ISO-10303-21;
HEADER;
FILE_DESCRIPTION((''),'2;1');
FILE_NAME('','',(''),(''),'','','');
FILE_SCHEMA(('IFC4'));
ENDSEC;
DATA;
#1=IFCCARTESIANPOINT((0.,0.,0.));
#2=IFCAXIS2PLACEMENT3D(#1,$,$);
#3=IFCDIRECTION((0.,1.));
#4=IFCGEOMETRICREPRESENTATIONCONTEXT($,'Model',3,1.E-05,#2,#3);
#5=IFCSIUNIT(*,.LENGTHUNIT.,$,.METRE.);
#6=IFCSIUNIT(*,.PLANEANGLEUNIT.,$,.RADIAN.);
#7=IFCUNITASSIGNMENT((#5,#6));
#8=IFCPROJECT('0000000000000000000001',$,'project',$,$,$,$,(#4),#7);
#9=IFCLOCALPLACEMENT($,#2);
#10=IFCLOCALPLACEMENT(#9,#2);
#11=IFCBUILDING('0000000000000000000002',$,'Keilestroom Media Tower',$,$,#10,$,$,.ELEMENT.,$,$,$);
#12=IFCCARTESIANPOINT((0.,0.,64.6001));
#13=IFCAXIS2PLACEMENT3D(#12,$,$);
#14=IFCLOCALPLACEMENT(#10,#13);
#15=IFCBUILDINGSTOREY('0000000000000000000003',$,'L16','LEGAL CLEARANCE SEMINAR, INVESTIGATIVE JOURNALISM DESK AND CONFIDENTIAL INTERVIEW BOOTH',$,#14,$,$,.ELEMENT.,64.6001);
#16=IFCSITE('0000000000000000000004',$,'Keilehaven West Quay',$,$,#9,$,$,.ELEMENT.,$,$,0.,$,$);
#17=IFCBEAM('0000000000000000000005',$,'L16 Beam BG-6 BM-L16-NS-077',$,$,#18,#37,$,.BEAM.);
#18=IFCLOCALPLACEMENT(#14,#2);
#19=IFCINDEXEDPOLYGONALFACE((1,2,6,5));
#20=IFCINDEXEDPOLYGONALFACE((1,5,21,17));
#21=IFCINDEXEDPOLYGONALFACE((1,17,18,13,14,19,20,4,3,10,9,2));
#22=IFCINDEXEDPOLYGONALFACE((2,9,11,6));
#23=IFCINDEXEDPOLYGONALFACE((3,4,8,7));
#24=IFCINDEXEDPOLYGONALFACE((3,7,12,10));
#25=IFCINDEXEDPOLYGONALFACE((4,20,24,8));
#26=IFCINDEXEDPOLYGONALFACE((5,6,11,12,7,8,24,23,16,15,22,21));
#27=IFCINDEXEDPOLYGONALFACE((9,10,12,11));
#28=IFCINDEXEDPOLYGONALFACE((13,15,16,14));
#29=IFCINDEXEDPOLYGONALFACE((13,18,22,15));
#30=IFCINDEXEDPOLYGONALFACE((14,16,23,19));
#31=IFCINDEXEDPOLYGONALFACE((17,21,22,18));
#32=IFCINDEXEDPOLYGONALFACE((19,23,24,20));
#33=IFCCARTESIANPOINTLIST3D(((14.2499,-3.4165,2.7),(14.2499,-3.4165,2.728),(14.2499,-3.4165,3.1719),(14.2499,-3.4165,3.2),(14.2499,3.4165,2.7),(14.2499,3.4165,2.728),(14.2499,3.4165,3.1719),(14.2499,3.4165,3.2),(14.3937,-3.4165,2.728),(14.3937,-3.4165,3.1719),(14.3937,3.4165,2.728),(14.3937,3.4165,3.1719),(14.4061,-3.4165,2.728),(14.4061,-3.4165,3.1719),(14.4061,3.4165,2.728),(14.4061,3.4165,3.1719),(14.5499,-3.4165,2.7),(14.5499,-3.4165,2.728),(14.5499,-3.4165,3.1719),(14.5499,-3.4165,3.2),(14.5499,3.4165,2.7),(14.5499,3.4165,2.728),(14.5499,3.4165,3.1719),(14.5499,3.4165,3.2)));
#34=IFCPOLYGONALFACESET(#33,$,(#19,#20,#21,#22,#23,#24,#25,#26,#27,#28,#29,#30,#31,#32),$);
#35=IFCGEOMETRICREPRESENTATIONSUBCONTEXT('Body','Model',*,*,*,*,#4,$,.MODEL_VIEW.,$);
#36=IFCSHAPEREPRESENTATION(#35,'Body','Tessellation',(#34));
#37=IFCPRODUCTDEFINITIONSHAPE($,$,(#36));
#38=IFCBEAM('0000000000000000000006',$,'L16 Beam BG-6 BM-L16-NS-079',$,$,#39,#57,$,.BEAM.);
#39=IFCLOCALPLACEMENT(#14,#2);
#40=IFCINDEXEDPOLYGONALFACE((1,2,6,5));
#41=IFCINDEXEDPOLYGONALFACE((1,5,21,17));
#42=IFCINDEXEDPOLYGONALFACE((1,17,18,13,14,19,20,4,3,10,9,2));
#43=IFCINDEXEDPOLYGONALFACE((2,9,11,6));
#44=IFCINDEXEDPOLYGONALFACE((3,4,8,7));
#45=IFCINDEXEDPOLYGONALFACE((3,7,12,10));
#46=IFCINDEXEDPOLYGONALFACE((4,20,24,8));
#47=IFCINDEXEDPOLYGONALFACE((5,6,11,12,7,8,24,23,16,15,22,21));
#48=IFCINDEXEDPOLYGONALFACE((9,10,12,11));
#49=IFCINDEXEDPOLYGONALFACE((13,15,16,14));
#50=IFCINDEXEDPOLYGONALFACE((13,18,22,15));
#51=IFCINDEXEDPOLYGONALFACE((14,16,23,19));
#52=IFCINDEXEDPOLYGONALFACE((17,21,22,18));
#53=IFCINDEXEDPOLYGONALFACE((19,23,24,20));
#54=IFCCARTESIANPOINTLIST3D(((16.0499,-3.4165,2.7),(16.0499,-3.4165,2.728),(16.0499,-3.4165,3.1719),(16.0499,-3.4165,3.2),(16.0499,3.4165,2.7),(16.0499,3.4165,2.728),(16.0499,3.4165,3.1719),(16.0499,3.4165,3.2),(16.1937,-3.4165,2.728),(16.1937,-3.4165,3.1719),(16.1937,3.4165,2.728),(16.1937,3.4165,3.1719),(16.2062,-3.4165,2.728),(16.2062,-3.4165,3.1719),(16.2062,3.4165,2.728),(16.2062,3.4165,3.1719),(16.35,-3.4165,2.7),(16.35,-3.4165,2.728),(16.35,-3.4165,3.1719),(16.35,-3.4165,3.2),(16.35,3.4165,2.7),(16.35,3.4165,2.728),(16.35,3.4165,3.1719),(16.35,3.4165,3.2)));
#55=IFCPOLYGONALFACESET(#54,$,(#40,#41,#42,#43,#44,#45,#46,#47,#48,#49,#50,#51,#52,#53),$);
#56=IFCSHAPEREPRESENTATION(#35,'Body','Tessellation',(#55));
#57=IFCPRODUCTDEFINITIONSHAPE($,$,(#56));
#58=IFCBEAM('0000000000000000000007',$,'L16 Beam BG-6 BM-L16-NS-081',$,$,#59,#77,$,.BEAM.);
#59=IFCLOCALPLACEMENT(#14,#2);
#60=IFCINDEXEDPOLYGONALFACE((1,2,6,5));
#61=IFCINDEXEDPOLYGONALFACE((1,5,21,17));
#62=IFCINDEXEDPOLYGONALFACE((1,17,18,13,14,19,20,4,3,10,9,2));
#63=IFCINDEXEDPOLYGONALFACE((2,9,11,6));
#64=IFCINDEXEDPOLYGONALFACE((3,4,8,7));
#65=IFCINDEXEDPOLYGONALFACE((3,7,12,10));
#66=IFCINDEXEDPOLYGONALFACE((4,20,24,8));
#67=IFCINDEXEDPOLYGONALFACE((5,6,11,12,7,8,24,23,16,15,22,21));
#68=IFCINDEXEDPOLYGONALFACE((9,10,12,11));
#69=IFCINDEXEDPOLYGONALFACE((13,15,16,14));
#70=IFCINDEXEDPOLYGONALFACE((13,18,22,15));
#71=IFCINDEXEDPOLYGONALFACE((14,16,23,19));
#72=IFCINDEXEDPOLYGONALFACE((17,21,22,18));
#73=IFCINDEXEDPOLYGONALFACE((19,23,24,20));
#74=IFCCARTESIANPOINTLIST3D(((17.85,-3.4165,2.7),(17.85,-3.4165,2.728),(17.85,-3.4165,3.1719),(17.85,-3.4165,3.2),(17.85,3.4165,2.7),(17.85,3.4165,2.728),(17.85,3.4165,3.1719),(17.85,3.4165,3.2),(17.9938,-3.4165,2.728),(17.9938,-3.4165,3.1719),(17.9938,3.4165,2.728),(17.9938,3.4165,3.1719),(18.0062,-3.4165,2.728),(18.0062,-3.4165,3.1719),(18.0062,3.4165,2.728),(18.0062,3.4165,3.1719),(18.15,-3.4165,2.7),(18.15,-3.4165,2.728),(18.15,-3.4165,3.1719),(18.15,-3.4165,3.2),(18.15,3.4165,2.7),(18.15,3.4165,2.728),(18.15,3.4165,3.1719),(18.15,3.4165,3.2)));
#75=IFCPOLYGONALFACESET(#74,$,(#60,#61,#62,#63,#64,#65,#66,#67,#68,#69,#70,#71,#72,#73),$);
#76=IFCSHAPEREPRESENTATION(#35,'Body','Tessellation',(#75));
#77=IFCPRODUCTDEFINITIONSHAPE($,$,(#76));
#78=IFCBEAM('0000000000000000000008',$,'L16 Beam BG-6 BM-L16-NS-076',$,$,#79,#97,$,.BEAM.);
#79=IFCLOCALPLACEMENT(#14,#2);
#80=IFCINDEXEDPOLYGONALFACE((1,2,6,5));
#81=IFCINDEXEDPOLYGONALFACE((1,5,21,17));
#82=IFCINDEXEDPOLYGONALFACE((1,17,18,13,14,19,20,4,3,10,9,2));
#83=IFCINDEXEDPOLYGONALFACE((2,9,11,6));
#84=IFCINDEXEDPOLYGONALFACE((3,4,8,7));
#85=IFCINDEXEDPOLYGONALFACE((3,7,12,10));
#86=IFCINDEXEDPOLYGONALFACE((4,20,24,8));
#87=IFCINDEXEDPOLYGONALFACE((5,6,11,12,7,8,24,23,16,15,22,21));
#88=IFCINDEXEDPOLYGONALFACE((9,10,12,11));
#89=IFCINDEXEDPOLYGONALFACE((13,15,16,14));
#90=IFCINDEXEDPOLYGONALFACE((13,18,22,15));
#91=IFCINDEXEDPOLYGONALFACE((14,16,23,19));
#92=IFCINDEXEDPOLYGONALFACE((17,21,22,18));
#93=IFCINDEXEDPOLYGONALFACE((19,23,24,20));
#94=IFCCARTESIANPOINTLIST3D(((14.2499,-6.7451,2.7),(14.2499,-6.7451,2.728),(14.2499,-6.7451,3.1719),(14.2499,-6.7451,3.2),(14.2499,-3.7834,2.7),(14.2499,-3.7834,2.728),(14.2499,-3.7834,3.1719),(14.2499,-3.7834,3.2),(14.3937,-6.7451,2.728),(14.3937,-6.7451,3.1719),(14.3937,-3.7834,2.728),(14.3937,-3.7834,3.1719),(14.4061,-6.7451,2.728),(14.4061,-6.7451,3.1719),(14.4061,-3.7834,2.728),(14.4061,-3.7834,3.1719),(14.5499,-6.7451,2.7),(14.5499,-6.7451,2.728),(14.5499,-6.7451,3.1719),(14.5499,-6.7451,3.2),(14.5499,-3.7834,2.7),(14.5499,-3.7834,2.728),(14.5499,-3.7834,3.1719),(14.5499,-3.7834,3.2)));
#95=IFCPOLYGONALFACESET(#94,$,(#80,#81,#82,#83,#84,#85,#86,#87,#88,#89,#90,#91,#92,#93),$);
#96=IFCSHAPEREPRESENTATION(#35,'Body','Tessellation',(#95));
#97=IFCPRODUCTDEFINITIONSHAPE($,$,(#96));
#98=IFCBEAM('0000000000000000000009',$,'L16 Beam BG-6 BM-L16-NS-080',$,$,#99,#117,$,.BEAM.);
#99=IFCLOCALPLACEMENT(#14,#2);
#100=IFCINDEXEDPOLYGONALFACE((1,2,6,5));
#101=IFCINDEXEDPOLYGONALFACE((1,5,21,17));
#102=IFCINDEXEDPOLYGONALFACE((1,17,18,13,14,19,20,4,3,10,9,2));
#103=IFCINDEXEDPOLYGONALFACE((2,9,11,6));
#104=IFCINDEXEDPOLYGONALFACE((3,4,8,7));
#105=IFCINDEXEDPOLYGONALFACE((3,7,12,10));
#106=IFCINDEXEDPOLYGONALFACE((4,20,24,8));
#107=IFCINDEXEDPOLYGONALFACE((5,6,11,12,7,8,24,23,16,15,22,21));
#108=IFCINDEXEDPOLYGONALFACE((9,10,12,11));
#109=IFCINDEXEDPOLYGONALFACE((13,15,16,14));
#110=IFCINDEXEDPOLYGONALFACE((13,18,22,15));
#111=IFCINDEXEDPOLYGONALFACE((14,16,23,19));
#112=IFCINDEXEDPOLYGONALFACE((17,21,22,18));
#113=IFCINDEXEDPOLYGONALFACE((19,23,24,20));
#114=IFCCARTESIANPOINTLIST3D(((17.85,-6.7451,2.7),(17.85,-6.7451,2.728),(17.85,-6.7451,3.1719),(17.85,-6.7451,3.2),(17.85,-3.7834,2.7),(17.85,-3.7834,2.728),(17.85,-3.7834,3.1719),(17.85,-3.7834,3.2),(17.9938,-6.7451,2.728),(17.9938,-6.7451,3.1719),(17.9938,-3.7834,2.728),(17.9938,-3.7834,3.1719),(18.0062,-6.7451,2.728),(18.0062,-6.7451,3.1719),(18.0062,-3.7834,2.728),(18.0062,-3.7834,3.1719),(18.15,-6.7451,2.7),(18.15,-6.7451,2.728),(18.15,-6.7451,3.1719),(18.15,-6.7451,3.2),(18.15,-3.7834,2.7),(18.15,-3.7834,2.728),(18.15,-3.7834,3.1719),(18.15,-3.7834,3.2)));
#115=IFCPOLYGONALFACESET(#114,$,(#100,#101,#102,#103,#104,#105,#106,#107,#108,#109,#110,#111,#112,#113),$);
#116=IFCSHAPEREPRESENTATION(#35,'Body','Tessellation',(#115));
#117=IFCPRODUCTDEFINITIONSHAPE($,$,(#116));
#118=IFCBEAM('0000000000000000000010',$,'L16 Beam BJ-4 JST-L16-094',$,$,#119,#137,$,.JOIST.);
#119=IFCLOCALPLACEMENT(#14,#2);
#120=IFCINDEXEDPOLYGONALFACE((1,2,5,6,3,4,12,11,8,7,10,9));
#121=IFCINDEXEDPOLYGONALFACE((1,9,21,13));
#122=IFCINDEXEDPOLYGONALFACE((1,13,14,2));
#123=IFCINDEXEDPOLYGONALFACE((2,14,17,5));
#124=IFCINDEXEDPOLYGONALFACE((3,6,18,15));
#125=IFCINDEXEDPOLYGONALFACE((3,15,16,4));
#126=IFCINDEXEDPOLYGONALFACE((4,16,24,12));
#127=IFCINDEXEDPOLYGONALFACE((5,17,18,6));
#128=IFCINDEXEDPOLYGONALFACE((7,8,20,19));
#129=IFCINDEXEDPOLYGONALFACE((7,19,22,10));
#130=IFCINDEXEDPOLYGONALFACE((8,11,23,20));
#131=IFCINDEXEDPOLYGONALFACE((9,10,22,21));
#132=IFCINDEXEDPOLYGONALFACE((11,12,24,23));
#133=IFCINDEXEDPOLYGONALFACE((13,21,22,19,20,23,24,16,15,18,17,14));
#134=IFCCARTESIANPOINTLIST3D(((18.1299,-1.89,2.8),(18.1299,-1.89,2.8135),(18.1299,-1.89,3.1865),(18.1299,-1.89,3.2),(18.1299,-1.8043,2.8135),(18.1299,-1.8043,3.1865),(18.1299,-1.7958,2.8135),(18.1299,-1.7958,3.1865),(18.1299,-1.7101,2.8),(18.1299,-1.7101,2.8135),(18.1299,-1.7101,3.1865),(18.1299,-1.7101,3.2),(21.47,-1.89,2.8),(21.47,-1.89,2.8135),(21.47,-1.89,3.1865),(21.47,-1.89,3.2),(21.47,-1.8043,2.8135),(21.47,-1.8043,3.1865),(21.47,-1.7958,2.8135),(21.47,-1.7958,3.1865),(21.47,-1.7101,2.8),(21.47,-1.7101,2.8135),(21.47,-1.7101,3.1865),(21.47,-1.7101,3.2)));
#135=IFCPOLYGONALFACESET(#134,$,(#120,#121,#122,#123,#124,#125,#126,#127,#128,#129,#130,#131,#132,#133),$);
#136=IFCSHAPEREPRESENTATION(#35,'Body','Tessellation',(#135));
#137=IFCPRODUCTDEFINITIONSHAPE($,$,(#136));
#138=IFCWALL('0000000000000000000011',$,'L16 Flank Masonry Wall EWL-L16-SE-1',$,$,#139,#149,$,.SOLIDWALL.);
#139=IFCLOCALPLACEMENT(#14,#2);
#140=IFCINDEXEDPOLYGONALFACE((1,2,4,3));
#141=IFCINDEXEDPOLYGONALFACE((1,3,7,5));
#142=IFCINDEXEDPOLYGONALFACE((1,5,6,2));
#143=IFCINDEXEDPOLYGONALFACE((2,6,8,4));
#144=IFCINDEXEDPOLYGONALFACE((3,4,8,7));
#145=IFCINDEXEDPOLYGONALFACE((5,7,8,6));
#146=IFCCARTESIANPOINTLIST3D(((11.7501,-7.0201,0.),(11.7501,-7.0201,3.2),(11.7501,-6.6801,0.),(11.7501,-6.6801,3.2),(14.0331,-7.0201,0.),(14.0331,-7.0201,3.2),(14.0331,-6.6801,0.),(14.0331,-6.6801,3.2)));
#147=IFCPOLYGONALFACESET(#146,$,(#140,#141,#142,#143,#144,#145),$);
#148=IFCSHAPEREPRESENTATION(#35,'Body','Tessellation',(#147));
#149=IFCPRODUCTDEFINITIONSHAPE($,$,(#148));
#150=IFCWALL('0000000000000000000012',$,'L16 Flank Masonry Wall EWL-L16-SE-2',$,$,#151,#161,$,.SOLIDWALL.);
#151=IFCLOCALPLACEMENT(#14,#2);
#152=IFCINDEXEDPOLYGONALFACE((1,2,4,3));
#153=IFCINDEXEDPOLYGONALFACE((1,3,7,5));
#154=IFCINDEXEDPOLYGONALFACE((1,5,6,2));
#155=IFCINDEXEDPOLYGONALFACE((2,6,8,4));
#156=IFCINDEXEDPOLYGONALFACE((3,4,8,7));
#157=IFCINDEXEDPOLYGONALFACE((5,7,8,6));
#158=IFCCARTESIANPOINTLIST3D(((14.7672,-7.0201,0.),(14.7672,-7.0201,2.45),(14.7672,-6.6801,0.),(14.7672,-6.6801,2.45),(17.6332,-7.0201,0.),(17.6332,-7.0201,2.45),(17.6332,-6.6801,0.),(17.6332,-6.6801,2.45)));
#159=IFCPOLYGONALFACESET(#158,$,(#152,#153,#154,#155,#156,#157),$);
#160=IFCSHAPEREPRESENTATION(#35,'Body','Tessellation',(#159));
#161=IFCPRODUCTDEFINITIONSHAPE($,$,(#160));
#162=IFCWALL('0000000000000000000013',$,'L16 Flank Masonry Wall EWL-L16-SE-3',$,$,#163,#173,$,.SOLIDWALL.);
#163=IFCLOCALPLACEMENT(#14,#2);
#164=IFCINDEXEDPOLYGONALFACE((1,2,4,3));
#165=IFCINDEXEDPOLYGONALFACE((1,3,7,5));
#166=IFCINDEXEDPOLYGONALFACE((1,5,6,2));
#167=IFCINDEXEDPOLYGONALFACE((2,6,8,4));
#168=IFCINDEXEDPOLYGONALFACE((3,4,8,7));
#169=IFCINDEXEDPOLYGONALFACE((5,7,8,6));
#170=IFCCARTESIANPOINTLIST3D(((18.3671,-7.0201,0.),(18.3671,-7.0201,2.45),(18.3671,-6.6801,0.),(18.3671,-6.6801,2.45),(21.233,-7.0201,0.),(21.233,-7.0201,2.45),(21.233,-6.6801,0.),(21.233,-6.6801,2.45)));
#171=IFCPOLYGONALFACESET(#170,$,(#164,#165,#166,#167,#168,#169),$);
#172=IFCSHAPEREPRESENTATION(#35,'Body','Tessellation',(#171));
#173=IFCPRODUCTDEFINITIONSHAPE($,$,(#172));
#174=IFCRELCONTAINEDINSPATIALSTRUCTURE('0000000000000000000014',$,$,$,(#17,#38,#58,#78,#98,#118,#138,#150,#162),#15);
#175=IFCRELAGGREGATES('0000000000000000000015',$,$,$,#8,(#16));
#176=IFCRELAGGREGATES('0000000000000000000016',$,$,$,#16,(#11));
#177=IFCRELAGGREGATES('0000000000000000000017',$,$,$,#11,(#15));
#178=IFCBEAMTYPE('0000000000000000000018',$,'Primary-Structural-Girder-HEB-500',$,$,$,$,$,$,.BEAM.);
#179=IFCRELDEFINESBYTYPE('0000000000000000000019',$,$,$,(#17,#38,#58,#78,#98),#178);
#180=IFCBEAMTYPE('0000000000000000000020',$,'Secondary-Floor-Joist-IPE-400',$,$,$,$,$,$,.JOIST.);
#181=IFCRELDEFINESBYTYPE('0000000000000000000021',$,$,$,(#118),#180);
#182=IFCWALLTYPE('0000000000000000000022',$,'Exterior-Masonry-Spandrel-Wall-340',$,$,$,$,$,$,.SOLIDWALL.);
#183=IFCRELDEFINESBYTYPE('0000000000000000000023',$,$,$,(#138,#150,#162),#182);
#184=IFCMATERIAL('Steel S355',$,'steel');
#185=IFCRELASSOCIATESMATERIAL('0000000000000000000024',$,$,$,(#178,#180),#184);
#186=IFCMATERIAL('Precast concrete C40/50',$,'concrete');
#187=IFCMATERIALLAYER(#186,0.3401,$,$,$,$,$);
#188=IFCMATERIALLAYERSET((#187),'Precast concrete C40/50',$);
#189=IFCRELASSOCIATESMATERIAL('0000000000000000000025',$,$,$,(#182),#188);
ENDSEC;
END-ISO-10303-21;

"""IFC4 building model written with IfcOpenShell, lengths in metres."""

from ifc_helpers import new_model, si_unit, direction, frame, frame_2d, origin, origin_2d, place, context, subcontext, project, spatial, rectangle, i_section, extrude, source, transform, mapped, material, layer, layer_set, material_profile, profile_set, type_object, element, save


model = new_model("IFC4")

# Units and contexts
model_context = context("Model", 3, precision=1e-05, world=origin(), true_north=direction((0.0, 1.0)))
body_context = subcontext(model_context, "Body", "Model", "MODEL_VIEW")
ifc_project = project(units=[si_unit("LENGTHUNIT", "METRE"), si_unit("PLANEANGLEUNIT", "RADIAN")], contexts=[model_context])

# Site, building, storey
site_placement = place(None, origin())
site = spatial("IfcSite", under=ifc_project, at=site_placement, Name="Keilehaven West Quay", CompositionType="ELEMENT", RefElevation=0.0)
building_placement = place(site_placement, origin())
building = spatial("IfcBuilding", under=site, at=building_placement, Name="Keilestroom Media Tower", CompositionType="ELEMENT")
storey_placement = place(building_placement, frame((0.0, 0.0, 64.6001)))
storey = spatial("IfcBuildingStorey", under=building, at=storey_placement, Name="L16", Description="LEGAL CLEARANCE SEMINAR, INVESTIGATIVE JOURNALISM DESK AND CONFIDENTIAL INTERVIEW BOOTH", CompositionType="ELEMENT", Elevation=64.6001)

# Shared definitions
ifc_material_1 = material(Name="Precast concrete C40/50", Category="concrete")

# Beams
ifc_material_2 = material(Name="Steel S355", Category="steel")
ifc_material_profile_1 = material_profile(ifc_material_2, i_section(OverallWidth=0.3, OverallDepth=0.5, WebThickness=0.0125, FlangeThickness=0.0281, at=origin_2d()), Name="HEB 500")
ifc_profile_set_1 = profile_set([ifc_material_profile_1], Name="Steel S355")
beam_type_1 = type_object("IfcBeamType", Name="Primary-Structural-Girder-HEB-500", PredefinedType="BEAM", material=ifc_profile_set_1)
shared_shape_1 = source(origin(), body_context, "Body", "SweptSolid", [
    extrude(i_section(OverallWidth=0.3, OverallDepth=0.5, WebThickness=0.0125, FlangeThickness=0.0281, at=origin_2d()), origin(), (0.0, 0.0, 1.0), 6.833),
])
for number, where, z_axis, x_axis, name in (
    (1, (14.3999, -3.4165, 2.95), (0.0, 1.0, 0.0), (-1.0, 0.0, 0.0), "L16 Beam BG-6 BM-L16-NS-077"),
    (2, (16.2, -3.4165, 2.95), (0.0, 1.0, 0.0), (-1.0, 0.0, 0.0), "L16 Beam BG-6 BM-L16-NS-079"),
    (3, (18.0, -3.4165, 2.95), (0.0, 1.0, 0.0), (-1.0, 0.0, 0.0), "L16 Beam BG-6 BM-L16-NS-081"),
):
    element("IfcBeam", number, at=place(storey_placement, frame(where, z_axis=z_axis, x_axis=x_axis)), inside=storey, type_object=beam_type_1, Name=name, PredefinedType="BEAM", context=body_context, shape_type="MappedRepresentation", body=[
        mapped(shared_shape_1, transform((0.0, 0.0, 0.0), x_axis=(1.0, 0.0, 0.0), y_axis=(0.0, 1.0, 0.0), z_axis=(0.0, 0.0, 1.0), scale=1.0)),
    ])
shared_shape_2 = source(origin(), body_context, "Body", "SweptSolid", [
    extrude(i_section(OverallWidth=0.3, OverallDepth=0.5, WebThickness=0.0125, FlangeThickness=0.0281, at=origin_2d()), origin(), (0.0, 0.0, 1.0), 2.9617),
])
for number, where, z_axis, x_axis, name in (
    (4, (14.3999, -6.7451, 2.95), (0.0, 1.0, 0.0), (-1.0, 0.0, 0.0), "L16 Beam BG-6 BM-L16-NS-076"),
    (5, (18.0, -6.7451, 2.95), (0.0, 1.0, 0.0), (-1.0, 0.0, 0.0), "L16 Beam BG-6 BM-L16-NS-080"),
):
    element("IfcBeam", number, at=place(storey_placement, frame(where, z_axis=z_axis, x_axis=x_axis)), inside=storey, type_object=beam_type_1, Name=name, PredefinedType="BEAM", context=body_context, shape_type="MappedRepresentation", body=[
        mapped(shared_shape_2, transform((0.0, 0.0, 0.0), x_axis=(1.0, 0.0, 0.0), y_axis=(0.0, 1.0, 0.0), z_axis=(0.0, 0.0, 1.0), scale=1.0)),
    ])
ifc_material_profile_2 = material_profile(ifc_material_2, i_section(OverallWidth=0.1799, OverallDepth=0.3999, WebThickness=0.0085, FlangeThickness=0.0134, at=origin_2d()), Name="IPE 400")
ifc_profile_set_2 = profile_set([ifc_material_profile_2], Name="Steel S355")
beam_type_2 = type_object("IfcBeamType", Name="Secondary-Floor-Joist-IPE-400", PredefinedType="JOIST", material=ifc_profile_set_2)
shared_shape_3 = source(origin(), body_context, "Body", "SweptSolid", [
    extrude(i_section(OverallWidth=0.1799, OverallDepth=0.3999, WebThickness=0.0085, FlangeThickness=0.0134, at=origin_2d()), origin(), (0.0, 0.0, 1.0), 3.3401),
])
beam_1_placement = place(storey_placement, frame((18.1299, -1.8, 3.0), z_axis=(1.0, 0.0, 0.0), x_axis=(0.0, 1.0, 0.0)))
element("IfcBeam", 6, at=beam_1_placement, inside=storey, type_object=beam_type_2, Name="L16 Beam BJ-4 JST-L16-094", PredefinedType="JOIST", context=body_context, shape_type="MappedRepresentation", body=[
    mapped(shared_shape_3, transform((0.0, 0.0, 0.0), x_axis=(1.0, 0.0, 0.0), y_axis=(0.0, 1.0, 0.0), z_axis=(0.0, 0.0, 1.0), scale=1.0)),
])

# Walls
ifc_layer_1 = layer(ifc_material_1, 0.3401)
ifc_layer_set_1 = layer_set([ifc_layer_1], Name="Precast concrete C40/50")
wall_type_1 = type_object("IfcWallType", Name="Exterior-Masonry-Spandrel-Wall-340", PredefinedType="SOLIDWALL", material=ifc_layer_set_1)
wall_1_placement = place(storey_placement, frame((11.75, -6.8501, 0.0), z_axis=(0.0, 0.0, 1.0), x_axis=(1.0, 0.0, 0.0)))
element("IfcWall", 7, at=wall_1_placement, inside=storey, type_object=wall_type_1, Name="L16 Flank Masonry Wall EWL-L16-SE-1", PredefinedType="SOLIDWALL", context=body_context, shape_type="SweptSolid", body=[
    extrude(rectangle(XDim=2.283, YDim=0.3401, at=frame_2d((1.1416, 0.0))), origin(), (0.0, 0.0, 1.0), 3.2),
])
for number, where, z_axis, x_axis, name in (
    (8, (14.7671, -6.8501, 0.0), (0.0, 0.0, 1.0), (1.0, 0.0, 0.0), "L16 Flank Masonry Wall EWL-L16-SE-2"),
    (9, (18.3669, -6.8501, 0.0), (0.0, 0.0, 1.0), (1.0, 0.0, 0.0), "L16 Flank Masonry Wall EWL-L16-SE-3"),
):
    element("IfcWall", number, at=place(storey_placement, frame(where, z_axis=z_axis, x_axis=x_axis)), inside=storey, type_object=wall_type_1, Name=name, PredefinedType="SOLIDWALL", context=body_context, shape_type="SweptSolid", body=[
        extrude(rectangle(XDim=2.866, YDim=0.3401, at=frame_2d((1.4331, 0.0))), origin(), (0.0, 0.0, 1.0), 2.45),
    ])

save(model, "model.ifc")
